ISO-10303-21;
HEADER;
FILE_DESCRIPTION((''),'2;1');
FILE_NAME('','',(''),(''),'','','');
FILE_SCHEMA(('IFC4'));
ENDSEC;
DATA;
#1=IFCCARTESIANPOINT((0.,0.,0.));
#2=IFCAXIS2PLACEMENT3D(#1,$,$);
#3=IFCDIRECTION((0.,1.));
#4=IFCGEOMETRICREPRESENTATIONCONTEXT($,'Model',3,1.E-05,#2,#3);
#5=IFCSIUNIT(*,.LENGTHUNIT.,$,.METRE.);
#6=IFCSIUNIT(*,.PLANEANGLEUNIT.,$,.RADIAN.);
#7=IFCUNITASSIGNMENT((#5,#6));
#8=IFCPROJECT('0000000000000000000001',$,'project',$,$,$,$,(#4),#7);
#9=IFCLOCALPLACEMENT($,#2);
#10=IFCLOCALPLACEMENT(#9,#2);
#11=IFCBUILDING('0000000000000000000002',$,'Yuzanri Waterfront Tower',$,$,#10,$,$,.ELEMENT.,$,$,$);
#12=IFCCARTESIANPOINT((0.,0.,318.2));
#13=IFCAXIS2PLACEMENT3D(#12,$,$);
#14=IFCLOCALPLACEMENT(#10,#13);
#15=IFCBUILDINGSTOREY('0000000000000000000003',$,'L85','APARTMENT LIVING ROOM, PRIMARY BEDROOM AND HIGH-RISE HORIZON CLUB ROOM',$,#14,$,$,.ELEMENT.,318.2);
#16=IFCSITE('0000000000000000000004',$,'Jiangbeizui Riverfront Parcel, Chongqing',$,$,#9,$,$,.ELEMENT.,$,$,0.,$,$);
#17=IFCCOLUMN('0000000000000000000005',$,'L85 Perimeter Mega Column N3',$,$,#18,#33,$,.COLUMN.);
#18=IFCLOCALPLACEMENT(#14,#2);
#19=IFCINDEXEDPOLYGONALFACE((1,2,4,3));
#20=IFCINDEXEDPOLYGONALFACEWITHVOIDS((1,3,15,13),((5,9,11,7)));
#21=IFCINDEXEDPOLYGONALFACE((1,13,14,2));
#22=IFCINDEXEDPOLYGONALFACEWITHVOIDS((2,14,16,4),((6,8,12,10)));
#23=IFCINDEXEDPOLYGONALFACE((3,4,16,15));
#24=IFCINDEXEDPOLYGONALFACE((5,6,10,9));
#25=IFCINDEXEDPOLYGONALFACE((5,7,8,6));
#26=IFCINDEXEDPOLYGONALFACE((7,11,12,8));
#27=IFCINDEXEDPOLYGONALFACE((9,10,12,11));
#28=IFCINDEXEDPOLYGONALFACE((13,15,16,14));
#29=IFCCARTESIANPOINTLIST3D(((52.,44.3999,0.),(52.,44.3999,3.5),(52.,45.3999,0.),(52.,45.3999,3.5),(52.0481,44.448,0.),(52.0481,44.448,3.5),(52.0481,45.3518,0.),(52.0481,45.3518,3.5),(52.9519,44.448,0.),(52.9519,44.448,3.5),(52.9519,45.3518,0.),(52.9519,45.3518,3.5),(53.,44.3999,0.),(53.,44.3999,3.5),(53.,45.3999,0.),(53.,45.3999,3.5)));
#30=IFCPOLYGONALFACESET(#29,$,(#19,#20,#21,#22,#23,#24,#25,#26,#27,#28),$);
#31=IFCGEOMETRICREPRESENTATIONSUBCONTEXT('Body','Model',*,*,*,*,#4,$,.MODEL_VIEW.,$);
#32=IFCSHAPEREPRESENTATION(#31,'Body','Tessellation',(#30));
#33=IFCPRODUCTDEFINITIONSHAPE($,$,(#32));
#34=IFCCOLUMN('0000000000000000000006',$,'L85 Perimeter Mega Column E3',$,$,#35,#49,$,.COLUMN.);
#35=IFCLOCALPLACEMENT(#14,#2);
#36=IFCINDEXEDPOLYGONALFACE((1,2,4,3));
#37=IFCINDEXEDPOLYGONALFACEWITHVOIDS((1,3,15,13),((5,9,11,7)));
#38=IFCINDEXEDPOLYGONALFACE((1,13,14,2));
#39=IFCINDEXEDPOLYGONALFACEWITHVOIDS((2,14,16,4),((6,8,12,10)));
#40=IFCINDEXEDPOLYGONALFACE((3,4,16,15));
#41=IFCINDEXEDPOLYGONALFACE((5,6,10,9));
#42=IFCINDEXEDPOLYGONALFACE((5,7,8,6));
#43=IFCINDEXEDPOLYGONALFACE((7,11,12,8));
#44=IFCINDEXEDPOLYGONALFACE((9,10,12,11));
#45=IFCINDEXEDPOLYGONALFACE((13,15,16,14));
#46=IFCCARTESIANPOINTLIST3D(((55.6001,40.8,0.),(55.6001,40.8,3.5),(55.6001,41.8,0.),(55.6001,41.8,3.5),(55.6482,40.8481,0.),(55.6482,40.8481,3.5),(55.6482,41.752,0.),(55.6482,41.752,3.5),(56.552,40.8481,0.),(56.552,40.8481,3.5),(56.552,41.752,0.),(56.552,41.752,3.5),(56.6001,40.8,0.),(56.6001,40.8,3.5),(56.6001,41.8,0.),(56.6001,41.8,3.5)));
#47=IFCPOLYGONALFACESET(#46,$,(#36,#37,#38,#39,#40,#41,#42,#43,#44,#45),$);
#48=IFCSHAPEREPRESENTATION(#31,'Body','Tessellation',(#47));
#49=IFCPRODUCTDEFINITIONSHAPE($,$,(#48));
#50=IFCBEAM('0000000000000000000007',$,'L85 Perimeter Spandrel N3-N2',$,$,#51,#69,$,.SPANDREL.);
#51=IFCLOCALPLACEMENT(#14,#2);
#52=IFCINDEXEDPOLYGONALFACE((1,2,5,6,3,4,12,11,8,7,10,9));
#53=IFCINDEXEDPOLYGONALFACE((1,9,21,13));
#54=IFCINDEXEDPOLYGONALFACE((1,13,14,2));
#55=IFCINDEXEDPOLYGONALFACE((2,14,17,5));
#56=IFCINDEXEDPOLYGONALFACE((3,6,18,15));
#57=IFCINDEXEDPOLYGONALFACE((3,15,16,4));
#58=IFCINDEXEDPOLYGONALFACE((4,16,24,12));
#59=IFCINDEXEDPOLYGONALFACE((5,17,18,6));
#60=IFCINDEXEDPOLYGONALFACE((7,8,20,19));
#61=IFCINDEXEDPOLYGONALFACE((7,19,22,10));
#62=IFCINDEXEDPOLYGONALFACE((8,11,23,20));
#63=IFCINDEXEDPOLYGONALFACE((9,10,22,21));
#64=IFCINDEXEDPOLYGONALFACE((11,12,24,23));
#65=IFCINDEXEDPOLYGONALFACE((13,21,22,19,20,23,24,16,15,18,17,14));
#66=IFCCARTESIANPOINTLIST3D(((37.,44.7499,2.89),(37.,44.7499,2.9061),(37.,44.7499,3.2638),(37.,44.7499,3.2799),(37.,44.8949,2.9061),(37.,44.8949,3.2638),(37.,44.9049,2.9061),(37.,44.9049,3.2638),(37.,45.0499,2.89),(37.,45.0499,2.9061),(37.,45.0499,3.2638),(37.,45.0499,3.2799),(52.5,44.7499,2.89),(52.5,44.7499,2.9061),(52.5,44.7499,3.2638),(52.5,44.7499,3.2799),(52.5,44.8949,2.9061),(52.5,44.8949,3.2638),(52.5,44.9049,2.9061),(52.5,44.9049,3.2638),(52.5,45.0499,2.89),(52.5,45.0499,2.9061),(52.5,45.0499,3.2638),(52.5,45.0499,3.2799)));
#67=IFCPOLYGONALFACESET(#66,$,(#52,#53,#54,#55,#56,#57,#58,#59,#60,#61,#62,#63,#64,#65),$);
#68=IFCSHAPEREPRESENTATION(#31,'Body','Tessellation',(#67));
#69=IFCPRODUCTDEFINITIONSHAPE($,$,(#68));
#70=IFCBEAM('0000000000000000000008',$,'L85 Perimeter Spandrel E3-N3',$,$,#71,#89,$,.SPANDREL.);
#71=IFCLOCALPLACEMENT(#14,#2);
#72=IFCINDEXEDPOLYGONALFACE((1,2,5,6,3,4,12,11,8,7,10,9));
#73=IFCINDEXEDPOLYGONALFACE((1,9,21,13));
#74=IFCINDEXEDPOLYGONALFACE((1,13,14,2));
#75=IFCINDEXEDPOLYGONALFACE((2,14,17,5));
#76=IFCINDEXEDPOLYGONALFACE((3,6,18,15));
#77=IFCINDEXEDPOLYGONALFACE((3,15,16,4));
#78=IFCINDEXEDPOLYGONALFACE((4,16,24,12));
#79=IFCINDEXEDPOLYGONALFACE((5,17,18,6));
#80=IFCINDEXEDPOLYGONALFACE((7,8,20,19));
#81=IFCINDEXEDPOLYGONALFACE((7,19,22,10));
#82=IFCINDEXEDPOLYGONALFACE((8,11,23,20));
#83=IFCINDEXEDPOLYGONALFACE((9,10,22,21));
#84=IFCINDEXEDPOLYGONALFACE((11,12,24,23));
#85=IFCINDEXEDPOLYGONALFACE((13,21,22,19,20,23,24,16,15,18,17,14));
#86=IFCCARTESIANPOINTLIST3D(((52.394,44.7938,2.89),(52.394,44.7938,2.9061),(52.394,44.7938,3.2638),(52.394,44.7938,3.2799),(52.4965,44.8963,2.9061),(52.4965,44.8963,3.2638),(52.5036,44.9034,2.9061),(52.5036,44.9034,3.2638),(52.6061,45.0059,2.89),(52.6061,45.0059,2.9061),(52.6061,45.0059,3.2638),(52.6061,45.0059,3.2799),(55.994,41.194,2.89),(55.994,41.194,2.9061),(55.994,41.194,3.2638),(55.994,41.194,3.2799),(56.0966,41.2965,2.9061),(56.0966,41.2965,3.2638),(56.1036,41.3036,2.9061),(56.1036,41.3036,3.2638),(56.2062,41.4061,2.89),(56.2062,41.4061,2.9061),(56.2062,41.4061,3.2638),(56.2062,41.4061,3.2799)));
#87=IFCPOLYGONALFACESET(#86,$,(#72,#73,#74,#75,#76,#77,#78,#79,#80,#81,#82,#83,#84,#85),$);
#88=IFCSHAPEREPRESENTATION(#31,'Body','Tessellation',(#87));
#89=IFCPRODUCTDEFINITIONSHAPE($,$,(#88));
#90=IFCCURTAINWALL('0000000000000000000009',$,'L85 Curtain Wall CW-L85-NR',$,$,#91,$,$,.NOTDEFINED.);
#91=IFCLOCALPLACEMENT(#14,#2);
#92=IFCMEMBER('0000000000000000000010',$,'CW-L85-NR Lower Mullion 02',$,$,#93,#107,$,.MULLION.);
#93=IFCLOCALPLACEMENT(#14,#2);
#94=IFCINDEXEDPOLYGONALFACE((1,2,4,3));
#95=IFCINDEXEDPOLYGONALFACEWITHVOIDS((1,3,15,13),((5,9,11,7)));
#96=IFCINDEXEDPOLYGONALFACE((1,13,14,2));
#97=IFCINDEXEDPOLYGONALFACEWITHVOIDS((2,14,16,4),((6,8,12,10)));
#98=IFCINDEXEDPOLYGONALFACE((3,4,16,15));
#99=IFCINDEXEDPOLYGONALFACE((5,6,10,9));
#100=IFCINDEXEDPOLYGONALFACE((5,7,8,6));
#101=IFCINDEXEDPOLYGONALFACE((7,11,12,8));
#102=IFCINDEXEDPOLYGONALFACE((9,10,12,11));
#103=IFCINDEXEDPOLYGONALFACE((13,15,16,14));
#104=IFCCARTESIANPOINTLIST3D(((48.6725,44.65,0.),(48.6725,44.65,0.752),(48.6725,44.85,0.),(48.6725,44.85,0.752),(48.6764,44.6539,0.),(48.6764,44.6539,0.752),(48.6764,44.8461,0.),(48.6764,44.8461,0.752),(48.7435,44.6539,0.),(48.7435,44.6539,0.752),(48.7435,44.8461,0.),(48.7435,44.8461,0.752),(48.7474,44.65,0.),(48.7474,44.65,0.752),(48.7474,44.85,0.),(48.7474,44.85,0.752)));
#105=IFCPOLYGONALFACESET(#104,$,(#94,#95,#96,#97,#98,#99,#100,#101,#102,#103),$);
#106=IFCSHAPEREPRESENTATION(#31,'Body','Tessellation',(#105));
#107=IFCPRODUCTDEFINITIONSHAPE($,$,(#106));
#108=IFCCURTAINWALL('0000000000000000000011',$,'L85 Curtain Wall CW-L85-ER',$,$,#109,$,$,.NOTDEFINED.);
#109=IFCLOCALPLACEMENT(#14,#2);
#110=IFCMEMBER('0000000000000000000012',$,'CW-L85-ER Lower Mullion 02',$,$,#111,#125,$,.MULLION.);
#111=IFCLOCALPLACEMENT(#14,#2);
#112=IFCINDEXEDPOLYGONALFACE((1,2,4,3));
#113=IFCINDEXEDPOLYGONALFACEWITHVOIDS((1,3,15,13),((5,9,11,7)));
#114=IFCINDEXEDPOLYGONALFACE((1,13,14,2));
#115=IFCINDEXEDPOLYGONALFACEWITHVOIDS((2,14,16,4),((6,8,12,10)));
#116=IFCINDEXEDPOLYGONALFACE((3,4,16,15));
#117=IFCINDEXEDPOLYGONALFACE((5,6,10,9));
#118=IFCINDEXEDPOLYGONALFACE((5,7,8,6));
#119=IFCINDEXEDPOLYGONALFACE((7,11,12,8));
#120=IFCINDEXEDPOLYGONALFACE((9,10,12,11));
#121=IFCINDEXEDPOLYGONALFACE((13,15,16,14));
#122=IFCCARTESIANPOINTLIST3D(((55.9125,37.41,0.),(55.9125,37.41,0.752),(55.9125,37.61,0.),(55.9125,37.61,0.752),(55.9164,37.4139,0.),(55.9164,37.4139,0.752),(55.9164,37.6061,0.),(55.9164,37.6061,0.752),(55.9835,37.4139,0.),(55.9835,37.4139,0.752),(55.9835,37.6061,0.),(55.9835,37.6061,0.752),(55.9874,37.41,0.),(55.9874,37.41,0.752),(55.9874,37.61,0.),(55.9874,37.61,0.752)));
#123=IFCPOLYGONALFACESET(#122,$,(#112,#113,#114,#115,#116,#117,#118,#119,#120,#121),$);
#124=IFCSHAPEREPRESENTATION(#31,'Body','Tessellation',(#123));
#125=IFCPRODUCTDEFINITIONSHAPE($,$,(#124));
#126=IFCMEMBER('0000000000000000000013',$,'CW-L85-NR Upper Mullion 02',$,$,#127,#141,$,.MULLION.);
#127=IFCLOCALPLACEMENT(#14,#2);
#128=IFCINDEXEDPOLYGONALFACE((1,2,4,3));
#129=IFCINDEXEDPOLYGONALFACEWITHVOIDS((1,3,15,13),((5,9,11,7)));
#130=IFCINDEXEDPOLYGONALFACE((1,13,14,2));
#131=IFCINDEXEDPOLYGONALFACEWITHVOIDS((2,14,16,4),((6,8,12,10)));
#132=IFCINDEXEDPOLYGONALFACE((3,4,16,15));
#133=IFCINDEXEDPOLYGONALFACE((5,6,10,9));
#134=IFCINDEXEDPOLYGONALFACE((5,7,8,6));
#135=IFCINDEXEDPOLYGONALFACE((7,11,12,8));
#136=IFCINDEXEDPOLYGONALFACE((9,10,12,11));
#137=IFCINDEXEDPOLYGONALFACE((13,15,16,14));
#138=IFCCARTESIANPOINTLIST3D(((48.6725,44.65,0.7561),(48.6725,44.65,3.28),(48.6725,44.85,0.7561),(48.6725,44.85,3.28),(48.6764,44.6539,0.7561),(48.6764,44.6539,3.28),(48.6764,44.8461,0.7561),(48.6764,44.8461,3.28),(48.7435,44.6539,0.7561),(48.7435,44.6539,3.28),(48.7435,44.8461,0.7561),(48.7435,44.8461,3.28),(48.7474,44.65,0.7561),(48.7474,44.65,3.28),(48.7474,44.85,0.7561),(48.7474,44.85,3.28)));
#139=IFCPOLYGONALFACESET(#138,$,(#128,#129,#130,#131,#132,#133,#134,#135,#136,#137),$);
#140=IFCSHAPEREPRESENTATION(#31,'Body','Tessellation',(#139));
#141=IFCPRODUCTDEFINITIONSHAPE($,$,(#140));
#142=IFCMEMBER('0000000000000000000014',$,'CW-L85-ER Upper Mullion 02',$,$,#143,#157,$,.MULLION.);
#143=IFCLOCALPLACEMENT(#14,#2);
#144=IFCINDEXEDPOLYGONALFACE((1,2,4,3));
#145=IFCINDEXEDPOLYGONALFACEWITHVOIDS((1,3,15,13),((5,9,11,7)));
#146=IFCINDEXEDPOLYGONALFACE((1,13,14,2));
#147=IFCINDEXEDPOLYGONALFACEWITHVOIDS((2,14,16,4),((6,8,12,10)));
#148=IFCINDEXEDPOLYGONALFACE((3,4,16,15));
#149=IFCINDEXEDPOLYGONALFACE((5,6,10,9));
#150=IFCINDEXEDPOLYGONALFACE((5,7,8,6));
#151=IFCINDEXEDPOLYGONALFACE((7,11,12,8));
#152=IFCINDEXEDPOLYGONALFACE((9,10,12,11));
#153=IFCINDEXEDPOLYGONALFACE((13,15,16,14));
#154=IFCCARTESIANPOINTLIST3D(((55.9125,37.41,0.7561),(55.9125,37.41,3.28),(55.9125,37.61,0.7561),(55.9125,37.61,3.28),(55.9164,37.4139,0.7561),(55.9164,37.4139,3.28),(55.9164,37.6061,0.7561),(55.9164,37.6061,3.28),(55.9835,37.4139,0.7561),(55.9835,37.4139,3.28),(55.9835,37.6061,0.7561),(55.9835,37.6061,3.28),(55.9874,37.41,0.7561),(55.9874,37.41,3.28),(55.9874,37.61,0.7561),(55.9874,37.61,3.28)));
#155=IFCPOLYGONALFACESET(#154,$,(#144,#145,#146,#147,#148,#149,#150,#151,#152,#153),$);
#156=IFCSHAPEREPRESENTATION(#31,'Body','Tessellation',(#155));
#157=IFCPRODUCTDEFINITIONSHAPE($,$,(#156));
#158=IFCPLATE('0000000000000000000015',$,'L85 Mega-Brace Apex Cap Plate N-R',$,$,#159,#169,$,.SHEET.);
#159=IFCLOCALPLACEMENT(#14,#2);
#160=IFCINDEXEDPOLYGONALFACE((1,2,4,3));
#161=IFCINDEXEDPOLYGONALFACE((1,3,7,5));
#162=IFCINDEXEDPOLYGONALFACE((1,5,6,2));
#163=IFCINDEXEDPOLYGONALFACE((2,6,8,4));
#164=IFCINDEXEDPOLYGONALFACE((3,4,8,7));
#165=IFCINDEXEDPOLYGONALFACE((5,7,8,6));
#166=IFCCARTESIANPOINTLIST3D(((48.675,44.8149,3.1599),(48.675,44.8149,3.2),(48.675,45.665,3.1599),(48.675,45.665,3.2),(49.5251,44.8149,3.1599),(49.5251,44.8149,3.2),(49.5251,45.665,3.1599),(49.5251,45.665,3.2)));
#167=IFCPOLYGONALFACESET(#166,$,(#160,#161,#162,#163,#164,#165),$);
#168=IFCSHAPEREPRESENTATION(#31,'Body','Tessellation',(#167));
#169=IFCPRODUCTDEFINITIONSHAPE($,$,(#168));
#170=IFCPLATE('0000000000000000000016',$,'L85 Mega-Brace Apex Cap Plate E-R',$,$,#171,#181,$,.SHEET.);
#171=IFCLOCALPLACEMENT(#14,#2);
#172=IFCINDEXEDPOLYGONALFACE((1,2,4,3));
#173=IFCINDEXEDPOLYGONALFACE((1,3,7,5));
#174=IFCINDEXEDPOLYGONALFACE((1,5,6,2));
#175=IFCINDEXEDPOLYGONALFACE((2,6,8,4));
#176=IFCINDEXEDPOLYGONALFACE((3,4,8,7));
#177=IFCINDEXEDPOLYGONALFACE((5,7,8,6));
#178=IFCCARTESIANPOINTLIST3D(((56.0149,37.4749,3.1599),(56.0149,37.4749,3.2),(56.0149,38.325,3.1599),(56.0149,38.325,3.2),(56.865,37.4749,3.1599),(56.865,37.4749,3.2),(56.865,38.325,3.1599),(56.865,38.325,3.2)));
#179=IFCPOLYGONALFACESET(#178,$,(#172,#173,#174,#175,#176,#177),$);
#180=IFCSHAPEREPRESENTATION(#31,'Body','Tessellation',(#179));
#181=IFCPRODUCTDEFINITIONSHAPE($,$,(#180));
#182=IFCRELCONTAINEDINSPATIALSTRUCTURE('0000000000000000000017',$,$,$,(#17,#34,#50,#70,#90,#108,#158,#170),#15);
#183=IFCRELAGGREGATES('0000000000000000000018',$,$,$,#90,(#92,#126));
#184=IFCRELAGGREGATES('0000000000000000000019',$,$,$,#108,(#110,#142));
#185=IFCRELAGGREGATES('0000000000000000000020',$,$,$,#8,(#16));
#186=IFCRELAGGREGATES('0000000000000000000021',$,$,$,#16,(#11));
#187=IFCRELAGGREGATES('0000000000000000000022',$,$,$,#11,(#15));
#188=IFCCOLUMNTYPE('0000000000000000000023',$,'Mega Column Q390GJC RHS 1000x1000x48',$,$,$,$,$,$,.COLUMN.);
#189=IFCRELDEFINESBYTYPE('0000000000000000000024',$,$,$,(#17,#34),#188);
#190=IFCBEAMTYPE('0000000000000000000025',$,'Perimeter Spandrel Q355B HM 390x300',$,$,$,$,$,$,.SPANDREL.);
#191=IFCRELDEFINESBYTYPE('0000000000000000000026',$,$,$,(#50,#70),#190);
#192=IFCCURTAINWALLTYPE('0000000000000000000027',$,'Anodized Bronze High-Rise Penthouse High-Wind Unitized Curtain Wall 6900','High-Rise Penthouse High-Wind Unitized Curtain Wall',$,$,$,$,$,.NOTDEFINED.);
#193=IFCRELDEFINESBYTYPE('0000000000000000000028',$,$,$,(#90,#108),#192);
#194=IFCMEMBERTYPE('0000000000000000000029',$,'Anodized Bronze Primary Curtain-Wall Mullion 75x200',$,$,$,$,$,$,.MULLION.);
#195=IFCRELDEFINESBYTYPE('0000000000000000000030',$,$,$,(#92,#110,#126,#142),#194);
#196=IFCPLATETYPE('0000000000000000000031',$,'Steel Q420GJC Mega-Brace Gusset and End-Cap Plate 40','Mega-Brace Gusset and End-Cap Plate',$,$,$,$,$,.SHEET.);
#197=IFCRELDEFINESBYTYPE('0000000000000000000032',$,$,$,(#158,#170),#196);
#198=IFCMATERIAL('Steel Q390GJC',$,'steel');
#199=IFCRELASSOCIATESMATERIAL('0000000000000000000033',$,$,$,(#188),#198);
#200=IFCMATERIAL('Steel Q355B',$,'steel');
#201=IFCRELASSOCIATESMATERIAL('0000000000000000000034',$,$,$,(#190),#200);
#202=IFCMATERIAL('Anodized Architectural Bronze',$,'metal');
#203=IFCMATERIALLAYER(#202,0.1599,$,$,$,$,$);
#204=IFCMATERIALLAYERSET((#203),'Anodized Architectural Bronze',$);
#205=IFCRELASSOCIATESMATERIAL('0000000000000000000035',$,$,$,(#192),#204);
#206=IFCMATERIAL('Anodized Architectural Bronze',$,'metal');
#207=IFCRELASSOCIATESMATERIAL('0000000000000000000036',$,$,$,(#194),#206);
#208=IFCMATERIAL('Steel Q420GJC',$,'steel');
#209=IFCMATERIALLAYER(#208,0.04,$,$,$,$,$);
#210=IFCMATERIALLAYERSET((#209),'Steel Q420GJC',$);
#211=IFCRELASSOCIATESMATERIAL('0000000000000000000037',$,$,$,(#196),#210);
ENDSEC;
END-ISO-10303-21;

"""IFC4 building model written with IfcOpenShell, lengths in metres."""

from ifc_helpers import new_model, si_unit, direction, frame, origin, origin_2d, place, context, subcontext, project, spatial, rectangle, hollow_rectangle, i_section, extrude, source, transform, mapped, material, layer, layer_set, material_profile, profile_set, type_object, element, aggregate, save


model = new_model("IFC4")

# Units and contexts
model_context = context("Model", 3, precision=1e-05, world=origin(), true_north=direction((0.0, 1.0)))
body_context = subcontext(model_context, "Body", "Model", "MODEL_VIEW")
ifc_project = project(units=[si_unit("LENGTHUNIT", "METRE"), si_unit("PLANEANGLEUNIT", "RADIAN")], contexts=[model_context])

# Site, building, storey
site_placement = place(None, origin())
site = spatial("IfcSite", under=ifc_project, at=site_placement, Name="Jiangbeizui Riverfront Parcel, Chongqing", CompositionType="ELEMENT", RefElevation=0.0)
building_placement = place(site_placement, origin())
building = spatial("IfcBuilding", under=site, at=building_placement, Name="Yuzanri Waterfront Tower", CompositionType="ELEMENT")
storey_placement = place(building_placement, frame((0.0, 0.0, 318.2)))
storey = spatial("IfcBuildingStorey", under=building, at=storey_placement, Name="L85", Description="APARTMENT LIVING ROOM, PRIMARY BEDROOM AND HIGH-RISE HORIZON CLUB ROOM", CompositionType="ELEMENT", Elevation=318.2)

# Columns
ifc_material_1 = material(Name="Steel Q390GJC", Category="steel")
ifc_material_profile_1 = material_profile(ifc_material_1, hollow_rectangle(XDim=1.0, YDim=1.0, WallThickness=0.0481, at=origin_2d()), Name="RHS 1000x1000x48")
ifc_profile_set_1 = profile_set([ifc_material_profile_1], Name="Steel Q390GJC")
column_type = type_object("IfcColumnType", Name="Mega Column Q390GJC RHS 1000x1000x48", PredefinedType="COLUMN", material=ifc_profile_set_1)
shared_shape_1 = source(origin(), body_context, "Body", "SweptSolid", [
    extrude(hollow_rectangle(XDim=1.0, YDim=1.0, WallThickness=0.0481, at=origin_2d()), origin(), (0.0, 0.0, 1.0), 3.5),
])
for number, where, z_axis, x_axis, name in (
    (1, (52.5, 44.8999, 0.0), (0.0, 0.0, 1.0), (1.0, 0.0, 0.0), "L85 Perimeter Mega Column N3"),
    (2, (56.1001, 41.3, 0.0), (0.0, 0.0, 1.0), (1.0, 0.0, 0.0), "L85 Perimeter Mega Column E3"),
):
    element("IfcColumn", number, at=place(storey_placement, frame(where, z_axis=z_axis, x_axis=x_axis)), inside=storey, type_object=column_type, Name=name, PredefinedType="COLUMN", context=body_context, shape_type="MappedRepresentation", body=[
        mapped(shared_shape_1, transform((0.0, 0.0, 0.0), scale=1.0)),
    ])

# Beams
ifc_material_2 = material(Name="Steel Q355B", Category="steel")
ifc_material_profile_2 = material_profile(ifc_material_2, i_section(OverallWidth=0.3, OverallDepth=0.3899, WebThickness=0.01, FlangeThickness=0.0161, at=origin_2d()), Name="HM 390x300x10x16")
ifc_profile_set_2 = profile_set([ifc_material_profile_2], Name="Steel Q355B")
beam_type = type_object("IfcBeamType", Name="Perimeter Spandrel Q355B HM 390x300", PredefinedType="SPANDREL", material=ifc_profile_set_2)
shared_shape_2 = source(origin(), body_context, "Body", "SweptSolid", [
    extrude(i_section(OverallWidth=0.3, OverallDepth=0.3899, WebThickness=0.01, FlangeThickness=0.0161, at=origin_2d()), origin(), (0.0, 0.0, 1.0), 15.5),
])
beam_1_placement = place(storey_placement, frame((52.5, 44.8999, 3.085), z_axis=(-1.0, 0.0, 0.0), x_axis=(0.0, -1.0, 0.0)))
element("IfcBeam", 3, at=beam_1_placement, inside=storey, type_object=beam_type, Name="L85 Perimeter Spandrel N3-N2", PredefinedType="SPANDREL", context=body_context, shape_type="MappedRepresentation", body=[
    mapped(shared_shape_2, transform((0.0, 0.0, 0.0), scale=1.0)),
])
shared_shape_3 = source(origin(), body_context, "Body", "SweptSolid", [
    extrude(i_section(OverallWidth=0.3, OverallDepth=0.3899, WebThickness=0.01, FlangeThickness=0.0161, at=origin_2d()), origin(), (0.0, 0.0, 1.0), 5.0911),
])
beam_2_placement = place(storey_placement, frame((56.1001, 41.3, 3.085), z_axis=(-0.707131, 0.707083, 0.0), x_axis=(-0.707083, -0.707131, 0.0)))
element("IfcBeam", 4, at=beam_2_placement, inside=storey, type_object=beam_type, Name="L85 Perimeter Spandrel E3-N3", PredefinedType="SPANDREL", context=body_context, shape_type="MappedRepresentation", body=[
    mapped(shared_shape_3, transform((0.0, 0.0, 0.0), scale=1.0)),
])

# Curtain walls, members
ifc_material_3 = material(Name="Anodized Architectural Bronze", Category="metal")
ifc_layer_1 = layer(ifc_material_3, 0.1599)
ifc_layer_set_1 = layer_set([ifc_layer_1], Name="Anodized Architectural Bronze")
curtain_wall_type = type_object("IfcCurtainWallType", Name="Anodized Bronze High-Rise Penthouse High-Wind Unitized Curtain Wall 6900", Description="High-Rise Penthouse High-Wind Unitized Curtain Wall", PredefinedType="NOTDEFINED", material=ifc_layer_set_1)
curtain_wall_1_placement = place(storey_placement, origin())
curtain_wall_1 = element("IfcCurtainWall", 5, at=curtain_wall_1_placement, inside=storey, type_object=curtain_wall_type, Name="L85 Curtain Wall CW-L85-NR", PredefinedType="NOTDEFINED")
ifc_material_4 = material(Name="Anodized Architectural Bronze", Category="metal")
ifc_material_profile_3 = material_profile(ifc_material_4, hollow_rectangle(XDim=0.075, YDim=0.2, WallThickness=0.0039, at=origin_2d()), Name="CWM 75x200")
ifc_profile_set_3 = profile_set([ifc_material_profile_3], Name="Anodized Architectural Bronze")
member_type = type_object("IfcMemberType", Name="Anodized Bronze Primary Curtain-Wall Mullion 75x200", PredefinedType="MULLION", material=ifc_profile_set_3)
shared_shape_4 = source(origin(), body_context, "Body", "SweptSolid", [
    extrude(hollow_rectangle(XDim=0.075, YDim=0.2, WallThickness=0.0039, at=origin_2d()), origin(), (0.0, 0.0, 1.0), 0.752),
])
member_1_placement = place(storey_placement, frame((48.71, 44.75, 0.0), z_axis=(0.0, 0.0, 1.0), x_axis=(1.0, 0.0, 0.0)))
member_1 = element("IfcMember", 6, at=member_1_placement, type_object=member_type, Name="CW-L85-NR Lower Mullion 02", PredefinedType="MULLION", context=body_context, shape_type="MappedRepresentation", body=[
    mapped(shared_shape_4, transform((0.0, 0.0, 0.0), scale=1.0)),
])
curtain_wall_2_placement = place(storey_placement, origin())
curtain_wall_2 = element("IfcCurtainWall", 7, at=curtain_wall_2_placement, inside=storey, type_object=curtain_wall_type, Name="L85 Curtain Wall CW-L85-ER", PredefinedType="NOTDEFINED")
member_2_placement = place(storey_placement, frame((55.95, 37.51, 0.0), z_axis=(0.0, 0.0, 1.0), x_axis=(1.0, 0.0, 0.0)))
member_2 = element("IfcMember", 8, at=member_2_placement, type_object=member_type, Name="CW-L85-ER Lower Mullion 02", PredefinedType="MULLION", context=body_context, shape_type="MappedRepresentation", body=[
    mapped(shared_shape_4, transform((0.0, 0.0, 0.0), scale=1.0)),
])

# Members
shared_shape_5 = source(origin(), body_context, "Body", "SweptSolid", [
    extrude(hollow_rectangle(XDim=0.075, YDim=0.2, WallThickness=0.0039, at=origin_2d()), origin(), (0.0, 0.0, 1.0), 2.5239),
])
member_3_placement = place(storey_placement, frame((48.71, 44.75, 0.7561), z_axis=(0.0, 0.0, 1.0), x_axis=(1.0, 0.0, 0.0)))
member_3 = element("IfcMember", 9, at=member_3_placement, type_object=member_type, Name="CW-L85-NR Upper Mullion 02", PredefinedType="MULLION", context=body_context, shape_type="MappedRepresentation", body=[
    mapped(shared_shape_5, transform((0.0, 0.0, 0.0), scale=1.0)),
])
aggregate(curtain_wall_1, [member_1, member_3])
member_4_placement = place(storey_placement, frame((55.95, 37.51, 0.7561), z_axis=(0.0, 0.0, 1.0), x_axis=(1.0, 0.0, 0.0)))
member_4 = element("IfcMember", 10, at=member_4_placement, type_object=member_type, Name="CW-L85-ER Upper Mullion 02", PredefinedType="MULLION", context=body_context, shape_type="MappedRepresentation", body=[
    mapped(shared_shape_5, transform((0.0, 0.0, 0.0), scale=1.0)),
])

# Plates
ifc_material_5 = material(Name="Steel Q420GJC", Category="steel")
ifc_layer_2 = layer(ifc_material_5, 0.04)
ifc_layer_set_2 = layer_set([ifc_layer_2], Name="Steel Q420GJC")
plate_type_1 = type_object("IfcPlateType", Name="Steel Q420GJC Mega-Brace Gusset and End-Cap Plate 40", Description="Mega-Brace Gusset and End-Cap Plate", PredefinedType="SHEET", material=ifc_layer_set_2)
shared_shape_6 = source(origin(), body_context, "Body", "SweptSolid", [
    extrude(rectangle(XDim=0.8501, YDim=0.8501, at=origin_2d()), origin(), (0.0, 0.0, 1.0), 0.04),
])
for number, where, z_axis, x_axis, name in (
    (11, (49.1001, 45.24, 3.1599), (0.0, 0.0, 1.0), (1.0, 0.0, 0.0), "L85 Mega-Brace Apex Cap Plate N-R"),
    (12, (56.4399, 37.8999, 3.1599), (0.0, 0.0, 1.0), (1.0, 0.0, 0.0), "L85 Mega-Brace Apex Cap Plate E-R"),
):
    element("IfcPlate", number, at=place(storey_placement, frame(where, z_axis=z_axis, x_axis=x_axis)), inside=storey, type_object=plate_type_1, Name=name, PredefinedType="SHEET", context=body_context, shape_type="MappedRepresentation", body=[
        mapped(shared_shape_6, transform((0.0, 0.0, 0.0), scale=1.0)),
    ])

aggregate(curtain_wall_2, [member_2, member_4])

save(model, "model.ifc")
